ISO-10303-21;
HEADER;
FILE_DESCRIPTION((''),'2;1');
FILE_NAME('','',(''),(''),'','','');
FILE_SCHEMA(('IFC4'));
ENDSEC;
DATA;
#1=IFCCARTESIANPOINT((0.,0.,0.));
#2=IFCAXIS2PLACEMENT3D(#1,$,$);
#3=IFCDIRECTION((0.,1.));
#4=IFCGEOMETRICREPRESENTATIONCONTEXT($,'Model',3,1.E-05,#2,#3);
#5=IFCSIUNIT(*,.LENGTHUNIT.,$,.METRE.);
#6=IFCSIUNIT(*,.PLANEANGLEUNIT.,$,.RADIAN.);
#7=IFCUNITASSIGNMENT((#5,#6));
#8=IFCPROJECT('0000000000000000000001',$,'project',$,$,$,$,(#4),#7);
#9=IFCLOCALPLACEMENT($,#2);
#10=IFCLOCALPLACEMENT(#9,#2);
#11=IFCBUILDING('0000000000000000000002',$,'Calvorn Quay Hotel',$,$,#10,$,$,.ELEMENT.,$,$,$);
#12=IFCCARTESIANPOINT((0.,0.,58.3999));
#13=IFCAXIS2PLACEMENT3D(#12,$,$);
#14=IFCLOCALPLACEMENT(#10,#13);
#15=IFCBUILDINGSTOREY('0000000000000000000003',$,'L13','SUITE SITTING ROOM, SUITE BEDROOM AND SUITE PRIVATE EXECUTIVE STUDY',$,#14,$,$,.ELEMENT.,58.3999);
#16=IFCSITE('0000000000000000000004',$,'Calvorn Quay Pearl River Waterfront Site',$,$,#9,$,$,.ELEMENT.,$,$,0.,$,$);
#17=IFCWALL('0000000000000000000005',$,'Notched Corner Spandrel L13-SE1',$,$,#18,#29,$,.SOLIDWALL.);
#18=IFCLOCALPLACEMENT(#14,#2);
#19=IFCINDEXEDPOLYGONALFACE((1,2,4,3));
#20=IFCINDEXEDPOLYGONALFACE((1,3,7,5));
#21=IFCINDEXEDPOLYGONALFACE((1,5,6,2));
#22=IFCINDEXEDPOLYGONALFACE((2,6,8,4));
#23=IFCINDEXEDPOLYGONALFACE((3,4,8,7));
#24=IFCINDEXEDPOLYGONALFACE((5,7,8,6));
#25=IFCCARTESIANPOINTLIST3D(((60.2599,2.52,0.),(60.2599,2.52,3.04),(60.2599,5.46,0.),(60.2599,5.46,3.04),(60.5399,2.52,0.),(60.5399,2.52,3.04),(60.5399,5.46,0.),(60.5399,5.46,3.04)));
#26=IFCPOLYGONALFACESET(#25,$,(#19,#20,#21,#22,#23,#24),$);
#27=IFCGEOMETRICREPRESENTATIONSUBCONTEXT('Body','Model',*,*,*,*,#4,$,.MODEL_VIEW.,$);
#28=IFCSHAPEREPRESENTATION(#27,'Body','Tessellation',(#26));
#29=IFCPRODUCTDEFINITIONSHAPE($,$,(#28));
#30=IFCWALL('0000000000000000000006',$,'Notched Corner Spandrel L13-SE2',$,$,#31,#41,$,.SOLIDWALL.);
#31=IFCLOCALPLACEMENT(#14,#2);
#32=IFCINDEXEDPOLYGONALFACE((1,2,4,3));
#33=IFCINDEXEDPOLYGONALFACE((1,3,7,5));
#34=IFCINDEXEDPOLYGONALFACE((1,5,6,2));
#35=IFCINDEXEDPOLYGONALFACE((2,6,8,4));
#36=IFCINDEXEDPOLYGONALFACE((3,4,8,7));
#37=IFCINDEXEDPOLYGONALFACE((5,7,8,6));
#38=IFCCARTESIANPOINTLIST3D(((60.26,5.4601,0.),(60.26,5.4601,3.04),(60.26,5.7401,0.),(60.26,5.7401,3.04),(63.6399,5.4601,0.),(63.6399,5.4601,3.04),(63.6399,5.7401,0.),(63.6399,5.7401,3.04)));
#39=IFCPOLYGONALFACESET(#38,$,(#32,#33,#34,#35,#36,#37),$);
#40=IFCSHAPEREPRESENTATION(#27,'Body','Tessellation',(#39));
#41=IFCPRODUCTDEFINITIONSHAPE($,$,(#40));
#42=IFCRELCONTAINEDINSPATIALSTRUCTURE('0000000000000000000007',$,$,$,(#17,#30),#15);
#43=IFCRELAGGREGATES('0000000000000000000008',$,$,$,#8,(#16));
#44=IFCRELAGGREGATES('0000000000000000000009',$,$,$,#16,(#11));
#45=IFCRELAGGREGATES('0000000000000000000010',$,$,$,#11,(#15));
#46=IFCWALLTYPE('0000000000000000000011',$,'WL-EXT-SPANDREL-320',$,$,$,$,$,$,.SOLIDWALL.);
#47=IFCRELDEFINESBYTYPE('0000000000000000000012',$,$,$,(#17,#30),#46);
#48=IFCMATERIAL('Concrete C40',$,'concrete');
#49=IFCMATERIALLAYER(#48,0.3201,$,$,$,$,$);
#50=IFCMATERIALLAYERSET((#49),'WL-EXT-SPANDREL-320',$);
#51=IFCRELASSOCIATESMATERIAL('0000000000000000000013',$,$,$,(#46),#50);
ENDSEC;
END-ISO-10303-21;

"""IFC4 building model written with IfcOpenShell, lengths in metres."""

from ifc_helpers import new_model, si_unit, direction, frame, frame_2d, origin, place, context, subcontext, project, spatial, rectangle, extrude, material, layer, layer_set, type_object, element, save


model = new_model("IFC4")

# Units and contexts
model_context = context("Model", 3, precision=1e-05, world=origin(), true_north=direction((0.0, 1.0)))
body_context = subcontext(model_context, "Body", "Model", "MODEL_VIEW")
ifc_project = project(units=[si_unit("LENGTHUNIT", "METRE"), si_unit("PLANEANGLEUNIT", "RADIAN")], contexts=[model_context])

# Site, building, storey
site_placement = place(None, origin())
site = spatial("IfcSite", under=ifc_project, at=site_placement, Name="Calvorn Quay Pearl River Waterfront Site", CompositionType="ELEMENT", RefElevation=0.0)
building_placement = place(site_placement, origin())
building = spatial("IfcBuilding", under=site, at=building_placement, Name="Calvorn Quay Hotel", CompositionType="ELEMENT")
storey_placement = place(building_placement, frame((0.0, 0.0, 58.3999)))
storey = spatial("IfcBuildingStorey", under=building, at=storey_placement, Name="L13", Description="SUITE SITTING ROOM, SUITE BEDROOM AND SUITE PRIVATE EXECUTIVE STUDY", CompositionType="ELEMENT", Elevation=58.3999)

# Walls
ifc_material_1 = material(Name="Concrete C40", Category="concrete")
ifc_layer_1 = layer(ifc_material_1, 0.3201)
ifc_layer_set_1 = layer_set([ifc_layer_1], Name="WL-EXT-SPANDREL-320")
wall_type = type_object("IfcWallType", Name="WL-EXT-SPANDREL-320", PredefinedType="SOLIDWALL", material=ifc_layer_set_1)
wall_1_placement = place(storey_placement, frame((60.3999, 2.52, 0.0), z_axis=(0.0, 0.0, 1.0), x_axis=(0.0, 1.0, 0.0)))
element("IfcWall", 1, at=wall_1_placement, inside=storey, type_object=wall_type, Name="Notched Corner Spandrel L13-SE1", PredefinedType="SOLIDWALL", context=body_context, shape_type="SweptSolid", body=[
    extrude(rectangle(XDim=2.9399, YDim=0.28, at=frame_2d((1.47, 0.0))), origin(), (0.0, 0.0, 1.0), 3.04),
])
wall_2_placement = place(storey_placement, frame((60.26, 5.6001, 0.0), z_axis=(0.0, 0.0, 1.0), x_axis=(1.0, 0.0, 0.0)))
element("IfcWall", 2, at=wall_2_placement, inside=storey, type_object=wall_type, Name="Notched Corner Spandrel L13-SE2", PredefinedType="SOLIDWALL", context=body_context, shape_type="SweptSolid", body=[
    extrude(rectangle(XDim=3.3799, YDim=0.28, at=frame_2d((1.6899, 0.0))), origin(), (0.0, 0.0, 1.0), 3.04),
])

save(model, "model.ifc")
